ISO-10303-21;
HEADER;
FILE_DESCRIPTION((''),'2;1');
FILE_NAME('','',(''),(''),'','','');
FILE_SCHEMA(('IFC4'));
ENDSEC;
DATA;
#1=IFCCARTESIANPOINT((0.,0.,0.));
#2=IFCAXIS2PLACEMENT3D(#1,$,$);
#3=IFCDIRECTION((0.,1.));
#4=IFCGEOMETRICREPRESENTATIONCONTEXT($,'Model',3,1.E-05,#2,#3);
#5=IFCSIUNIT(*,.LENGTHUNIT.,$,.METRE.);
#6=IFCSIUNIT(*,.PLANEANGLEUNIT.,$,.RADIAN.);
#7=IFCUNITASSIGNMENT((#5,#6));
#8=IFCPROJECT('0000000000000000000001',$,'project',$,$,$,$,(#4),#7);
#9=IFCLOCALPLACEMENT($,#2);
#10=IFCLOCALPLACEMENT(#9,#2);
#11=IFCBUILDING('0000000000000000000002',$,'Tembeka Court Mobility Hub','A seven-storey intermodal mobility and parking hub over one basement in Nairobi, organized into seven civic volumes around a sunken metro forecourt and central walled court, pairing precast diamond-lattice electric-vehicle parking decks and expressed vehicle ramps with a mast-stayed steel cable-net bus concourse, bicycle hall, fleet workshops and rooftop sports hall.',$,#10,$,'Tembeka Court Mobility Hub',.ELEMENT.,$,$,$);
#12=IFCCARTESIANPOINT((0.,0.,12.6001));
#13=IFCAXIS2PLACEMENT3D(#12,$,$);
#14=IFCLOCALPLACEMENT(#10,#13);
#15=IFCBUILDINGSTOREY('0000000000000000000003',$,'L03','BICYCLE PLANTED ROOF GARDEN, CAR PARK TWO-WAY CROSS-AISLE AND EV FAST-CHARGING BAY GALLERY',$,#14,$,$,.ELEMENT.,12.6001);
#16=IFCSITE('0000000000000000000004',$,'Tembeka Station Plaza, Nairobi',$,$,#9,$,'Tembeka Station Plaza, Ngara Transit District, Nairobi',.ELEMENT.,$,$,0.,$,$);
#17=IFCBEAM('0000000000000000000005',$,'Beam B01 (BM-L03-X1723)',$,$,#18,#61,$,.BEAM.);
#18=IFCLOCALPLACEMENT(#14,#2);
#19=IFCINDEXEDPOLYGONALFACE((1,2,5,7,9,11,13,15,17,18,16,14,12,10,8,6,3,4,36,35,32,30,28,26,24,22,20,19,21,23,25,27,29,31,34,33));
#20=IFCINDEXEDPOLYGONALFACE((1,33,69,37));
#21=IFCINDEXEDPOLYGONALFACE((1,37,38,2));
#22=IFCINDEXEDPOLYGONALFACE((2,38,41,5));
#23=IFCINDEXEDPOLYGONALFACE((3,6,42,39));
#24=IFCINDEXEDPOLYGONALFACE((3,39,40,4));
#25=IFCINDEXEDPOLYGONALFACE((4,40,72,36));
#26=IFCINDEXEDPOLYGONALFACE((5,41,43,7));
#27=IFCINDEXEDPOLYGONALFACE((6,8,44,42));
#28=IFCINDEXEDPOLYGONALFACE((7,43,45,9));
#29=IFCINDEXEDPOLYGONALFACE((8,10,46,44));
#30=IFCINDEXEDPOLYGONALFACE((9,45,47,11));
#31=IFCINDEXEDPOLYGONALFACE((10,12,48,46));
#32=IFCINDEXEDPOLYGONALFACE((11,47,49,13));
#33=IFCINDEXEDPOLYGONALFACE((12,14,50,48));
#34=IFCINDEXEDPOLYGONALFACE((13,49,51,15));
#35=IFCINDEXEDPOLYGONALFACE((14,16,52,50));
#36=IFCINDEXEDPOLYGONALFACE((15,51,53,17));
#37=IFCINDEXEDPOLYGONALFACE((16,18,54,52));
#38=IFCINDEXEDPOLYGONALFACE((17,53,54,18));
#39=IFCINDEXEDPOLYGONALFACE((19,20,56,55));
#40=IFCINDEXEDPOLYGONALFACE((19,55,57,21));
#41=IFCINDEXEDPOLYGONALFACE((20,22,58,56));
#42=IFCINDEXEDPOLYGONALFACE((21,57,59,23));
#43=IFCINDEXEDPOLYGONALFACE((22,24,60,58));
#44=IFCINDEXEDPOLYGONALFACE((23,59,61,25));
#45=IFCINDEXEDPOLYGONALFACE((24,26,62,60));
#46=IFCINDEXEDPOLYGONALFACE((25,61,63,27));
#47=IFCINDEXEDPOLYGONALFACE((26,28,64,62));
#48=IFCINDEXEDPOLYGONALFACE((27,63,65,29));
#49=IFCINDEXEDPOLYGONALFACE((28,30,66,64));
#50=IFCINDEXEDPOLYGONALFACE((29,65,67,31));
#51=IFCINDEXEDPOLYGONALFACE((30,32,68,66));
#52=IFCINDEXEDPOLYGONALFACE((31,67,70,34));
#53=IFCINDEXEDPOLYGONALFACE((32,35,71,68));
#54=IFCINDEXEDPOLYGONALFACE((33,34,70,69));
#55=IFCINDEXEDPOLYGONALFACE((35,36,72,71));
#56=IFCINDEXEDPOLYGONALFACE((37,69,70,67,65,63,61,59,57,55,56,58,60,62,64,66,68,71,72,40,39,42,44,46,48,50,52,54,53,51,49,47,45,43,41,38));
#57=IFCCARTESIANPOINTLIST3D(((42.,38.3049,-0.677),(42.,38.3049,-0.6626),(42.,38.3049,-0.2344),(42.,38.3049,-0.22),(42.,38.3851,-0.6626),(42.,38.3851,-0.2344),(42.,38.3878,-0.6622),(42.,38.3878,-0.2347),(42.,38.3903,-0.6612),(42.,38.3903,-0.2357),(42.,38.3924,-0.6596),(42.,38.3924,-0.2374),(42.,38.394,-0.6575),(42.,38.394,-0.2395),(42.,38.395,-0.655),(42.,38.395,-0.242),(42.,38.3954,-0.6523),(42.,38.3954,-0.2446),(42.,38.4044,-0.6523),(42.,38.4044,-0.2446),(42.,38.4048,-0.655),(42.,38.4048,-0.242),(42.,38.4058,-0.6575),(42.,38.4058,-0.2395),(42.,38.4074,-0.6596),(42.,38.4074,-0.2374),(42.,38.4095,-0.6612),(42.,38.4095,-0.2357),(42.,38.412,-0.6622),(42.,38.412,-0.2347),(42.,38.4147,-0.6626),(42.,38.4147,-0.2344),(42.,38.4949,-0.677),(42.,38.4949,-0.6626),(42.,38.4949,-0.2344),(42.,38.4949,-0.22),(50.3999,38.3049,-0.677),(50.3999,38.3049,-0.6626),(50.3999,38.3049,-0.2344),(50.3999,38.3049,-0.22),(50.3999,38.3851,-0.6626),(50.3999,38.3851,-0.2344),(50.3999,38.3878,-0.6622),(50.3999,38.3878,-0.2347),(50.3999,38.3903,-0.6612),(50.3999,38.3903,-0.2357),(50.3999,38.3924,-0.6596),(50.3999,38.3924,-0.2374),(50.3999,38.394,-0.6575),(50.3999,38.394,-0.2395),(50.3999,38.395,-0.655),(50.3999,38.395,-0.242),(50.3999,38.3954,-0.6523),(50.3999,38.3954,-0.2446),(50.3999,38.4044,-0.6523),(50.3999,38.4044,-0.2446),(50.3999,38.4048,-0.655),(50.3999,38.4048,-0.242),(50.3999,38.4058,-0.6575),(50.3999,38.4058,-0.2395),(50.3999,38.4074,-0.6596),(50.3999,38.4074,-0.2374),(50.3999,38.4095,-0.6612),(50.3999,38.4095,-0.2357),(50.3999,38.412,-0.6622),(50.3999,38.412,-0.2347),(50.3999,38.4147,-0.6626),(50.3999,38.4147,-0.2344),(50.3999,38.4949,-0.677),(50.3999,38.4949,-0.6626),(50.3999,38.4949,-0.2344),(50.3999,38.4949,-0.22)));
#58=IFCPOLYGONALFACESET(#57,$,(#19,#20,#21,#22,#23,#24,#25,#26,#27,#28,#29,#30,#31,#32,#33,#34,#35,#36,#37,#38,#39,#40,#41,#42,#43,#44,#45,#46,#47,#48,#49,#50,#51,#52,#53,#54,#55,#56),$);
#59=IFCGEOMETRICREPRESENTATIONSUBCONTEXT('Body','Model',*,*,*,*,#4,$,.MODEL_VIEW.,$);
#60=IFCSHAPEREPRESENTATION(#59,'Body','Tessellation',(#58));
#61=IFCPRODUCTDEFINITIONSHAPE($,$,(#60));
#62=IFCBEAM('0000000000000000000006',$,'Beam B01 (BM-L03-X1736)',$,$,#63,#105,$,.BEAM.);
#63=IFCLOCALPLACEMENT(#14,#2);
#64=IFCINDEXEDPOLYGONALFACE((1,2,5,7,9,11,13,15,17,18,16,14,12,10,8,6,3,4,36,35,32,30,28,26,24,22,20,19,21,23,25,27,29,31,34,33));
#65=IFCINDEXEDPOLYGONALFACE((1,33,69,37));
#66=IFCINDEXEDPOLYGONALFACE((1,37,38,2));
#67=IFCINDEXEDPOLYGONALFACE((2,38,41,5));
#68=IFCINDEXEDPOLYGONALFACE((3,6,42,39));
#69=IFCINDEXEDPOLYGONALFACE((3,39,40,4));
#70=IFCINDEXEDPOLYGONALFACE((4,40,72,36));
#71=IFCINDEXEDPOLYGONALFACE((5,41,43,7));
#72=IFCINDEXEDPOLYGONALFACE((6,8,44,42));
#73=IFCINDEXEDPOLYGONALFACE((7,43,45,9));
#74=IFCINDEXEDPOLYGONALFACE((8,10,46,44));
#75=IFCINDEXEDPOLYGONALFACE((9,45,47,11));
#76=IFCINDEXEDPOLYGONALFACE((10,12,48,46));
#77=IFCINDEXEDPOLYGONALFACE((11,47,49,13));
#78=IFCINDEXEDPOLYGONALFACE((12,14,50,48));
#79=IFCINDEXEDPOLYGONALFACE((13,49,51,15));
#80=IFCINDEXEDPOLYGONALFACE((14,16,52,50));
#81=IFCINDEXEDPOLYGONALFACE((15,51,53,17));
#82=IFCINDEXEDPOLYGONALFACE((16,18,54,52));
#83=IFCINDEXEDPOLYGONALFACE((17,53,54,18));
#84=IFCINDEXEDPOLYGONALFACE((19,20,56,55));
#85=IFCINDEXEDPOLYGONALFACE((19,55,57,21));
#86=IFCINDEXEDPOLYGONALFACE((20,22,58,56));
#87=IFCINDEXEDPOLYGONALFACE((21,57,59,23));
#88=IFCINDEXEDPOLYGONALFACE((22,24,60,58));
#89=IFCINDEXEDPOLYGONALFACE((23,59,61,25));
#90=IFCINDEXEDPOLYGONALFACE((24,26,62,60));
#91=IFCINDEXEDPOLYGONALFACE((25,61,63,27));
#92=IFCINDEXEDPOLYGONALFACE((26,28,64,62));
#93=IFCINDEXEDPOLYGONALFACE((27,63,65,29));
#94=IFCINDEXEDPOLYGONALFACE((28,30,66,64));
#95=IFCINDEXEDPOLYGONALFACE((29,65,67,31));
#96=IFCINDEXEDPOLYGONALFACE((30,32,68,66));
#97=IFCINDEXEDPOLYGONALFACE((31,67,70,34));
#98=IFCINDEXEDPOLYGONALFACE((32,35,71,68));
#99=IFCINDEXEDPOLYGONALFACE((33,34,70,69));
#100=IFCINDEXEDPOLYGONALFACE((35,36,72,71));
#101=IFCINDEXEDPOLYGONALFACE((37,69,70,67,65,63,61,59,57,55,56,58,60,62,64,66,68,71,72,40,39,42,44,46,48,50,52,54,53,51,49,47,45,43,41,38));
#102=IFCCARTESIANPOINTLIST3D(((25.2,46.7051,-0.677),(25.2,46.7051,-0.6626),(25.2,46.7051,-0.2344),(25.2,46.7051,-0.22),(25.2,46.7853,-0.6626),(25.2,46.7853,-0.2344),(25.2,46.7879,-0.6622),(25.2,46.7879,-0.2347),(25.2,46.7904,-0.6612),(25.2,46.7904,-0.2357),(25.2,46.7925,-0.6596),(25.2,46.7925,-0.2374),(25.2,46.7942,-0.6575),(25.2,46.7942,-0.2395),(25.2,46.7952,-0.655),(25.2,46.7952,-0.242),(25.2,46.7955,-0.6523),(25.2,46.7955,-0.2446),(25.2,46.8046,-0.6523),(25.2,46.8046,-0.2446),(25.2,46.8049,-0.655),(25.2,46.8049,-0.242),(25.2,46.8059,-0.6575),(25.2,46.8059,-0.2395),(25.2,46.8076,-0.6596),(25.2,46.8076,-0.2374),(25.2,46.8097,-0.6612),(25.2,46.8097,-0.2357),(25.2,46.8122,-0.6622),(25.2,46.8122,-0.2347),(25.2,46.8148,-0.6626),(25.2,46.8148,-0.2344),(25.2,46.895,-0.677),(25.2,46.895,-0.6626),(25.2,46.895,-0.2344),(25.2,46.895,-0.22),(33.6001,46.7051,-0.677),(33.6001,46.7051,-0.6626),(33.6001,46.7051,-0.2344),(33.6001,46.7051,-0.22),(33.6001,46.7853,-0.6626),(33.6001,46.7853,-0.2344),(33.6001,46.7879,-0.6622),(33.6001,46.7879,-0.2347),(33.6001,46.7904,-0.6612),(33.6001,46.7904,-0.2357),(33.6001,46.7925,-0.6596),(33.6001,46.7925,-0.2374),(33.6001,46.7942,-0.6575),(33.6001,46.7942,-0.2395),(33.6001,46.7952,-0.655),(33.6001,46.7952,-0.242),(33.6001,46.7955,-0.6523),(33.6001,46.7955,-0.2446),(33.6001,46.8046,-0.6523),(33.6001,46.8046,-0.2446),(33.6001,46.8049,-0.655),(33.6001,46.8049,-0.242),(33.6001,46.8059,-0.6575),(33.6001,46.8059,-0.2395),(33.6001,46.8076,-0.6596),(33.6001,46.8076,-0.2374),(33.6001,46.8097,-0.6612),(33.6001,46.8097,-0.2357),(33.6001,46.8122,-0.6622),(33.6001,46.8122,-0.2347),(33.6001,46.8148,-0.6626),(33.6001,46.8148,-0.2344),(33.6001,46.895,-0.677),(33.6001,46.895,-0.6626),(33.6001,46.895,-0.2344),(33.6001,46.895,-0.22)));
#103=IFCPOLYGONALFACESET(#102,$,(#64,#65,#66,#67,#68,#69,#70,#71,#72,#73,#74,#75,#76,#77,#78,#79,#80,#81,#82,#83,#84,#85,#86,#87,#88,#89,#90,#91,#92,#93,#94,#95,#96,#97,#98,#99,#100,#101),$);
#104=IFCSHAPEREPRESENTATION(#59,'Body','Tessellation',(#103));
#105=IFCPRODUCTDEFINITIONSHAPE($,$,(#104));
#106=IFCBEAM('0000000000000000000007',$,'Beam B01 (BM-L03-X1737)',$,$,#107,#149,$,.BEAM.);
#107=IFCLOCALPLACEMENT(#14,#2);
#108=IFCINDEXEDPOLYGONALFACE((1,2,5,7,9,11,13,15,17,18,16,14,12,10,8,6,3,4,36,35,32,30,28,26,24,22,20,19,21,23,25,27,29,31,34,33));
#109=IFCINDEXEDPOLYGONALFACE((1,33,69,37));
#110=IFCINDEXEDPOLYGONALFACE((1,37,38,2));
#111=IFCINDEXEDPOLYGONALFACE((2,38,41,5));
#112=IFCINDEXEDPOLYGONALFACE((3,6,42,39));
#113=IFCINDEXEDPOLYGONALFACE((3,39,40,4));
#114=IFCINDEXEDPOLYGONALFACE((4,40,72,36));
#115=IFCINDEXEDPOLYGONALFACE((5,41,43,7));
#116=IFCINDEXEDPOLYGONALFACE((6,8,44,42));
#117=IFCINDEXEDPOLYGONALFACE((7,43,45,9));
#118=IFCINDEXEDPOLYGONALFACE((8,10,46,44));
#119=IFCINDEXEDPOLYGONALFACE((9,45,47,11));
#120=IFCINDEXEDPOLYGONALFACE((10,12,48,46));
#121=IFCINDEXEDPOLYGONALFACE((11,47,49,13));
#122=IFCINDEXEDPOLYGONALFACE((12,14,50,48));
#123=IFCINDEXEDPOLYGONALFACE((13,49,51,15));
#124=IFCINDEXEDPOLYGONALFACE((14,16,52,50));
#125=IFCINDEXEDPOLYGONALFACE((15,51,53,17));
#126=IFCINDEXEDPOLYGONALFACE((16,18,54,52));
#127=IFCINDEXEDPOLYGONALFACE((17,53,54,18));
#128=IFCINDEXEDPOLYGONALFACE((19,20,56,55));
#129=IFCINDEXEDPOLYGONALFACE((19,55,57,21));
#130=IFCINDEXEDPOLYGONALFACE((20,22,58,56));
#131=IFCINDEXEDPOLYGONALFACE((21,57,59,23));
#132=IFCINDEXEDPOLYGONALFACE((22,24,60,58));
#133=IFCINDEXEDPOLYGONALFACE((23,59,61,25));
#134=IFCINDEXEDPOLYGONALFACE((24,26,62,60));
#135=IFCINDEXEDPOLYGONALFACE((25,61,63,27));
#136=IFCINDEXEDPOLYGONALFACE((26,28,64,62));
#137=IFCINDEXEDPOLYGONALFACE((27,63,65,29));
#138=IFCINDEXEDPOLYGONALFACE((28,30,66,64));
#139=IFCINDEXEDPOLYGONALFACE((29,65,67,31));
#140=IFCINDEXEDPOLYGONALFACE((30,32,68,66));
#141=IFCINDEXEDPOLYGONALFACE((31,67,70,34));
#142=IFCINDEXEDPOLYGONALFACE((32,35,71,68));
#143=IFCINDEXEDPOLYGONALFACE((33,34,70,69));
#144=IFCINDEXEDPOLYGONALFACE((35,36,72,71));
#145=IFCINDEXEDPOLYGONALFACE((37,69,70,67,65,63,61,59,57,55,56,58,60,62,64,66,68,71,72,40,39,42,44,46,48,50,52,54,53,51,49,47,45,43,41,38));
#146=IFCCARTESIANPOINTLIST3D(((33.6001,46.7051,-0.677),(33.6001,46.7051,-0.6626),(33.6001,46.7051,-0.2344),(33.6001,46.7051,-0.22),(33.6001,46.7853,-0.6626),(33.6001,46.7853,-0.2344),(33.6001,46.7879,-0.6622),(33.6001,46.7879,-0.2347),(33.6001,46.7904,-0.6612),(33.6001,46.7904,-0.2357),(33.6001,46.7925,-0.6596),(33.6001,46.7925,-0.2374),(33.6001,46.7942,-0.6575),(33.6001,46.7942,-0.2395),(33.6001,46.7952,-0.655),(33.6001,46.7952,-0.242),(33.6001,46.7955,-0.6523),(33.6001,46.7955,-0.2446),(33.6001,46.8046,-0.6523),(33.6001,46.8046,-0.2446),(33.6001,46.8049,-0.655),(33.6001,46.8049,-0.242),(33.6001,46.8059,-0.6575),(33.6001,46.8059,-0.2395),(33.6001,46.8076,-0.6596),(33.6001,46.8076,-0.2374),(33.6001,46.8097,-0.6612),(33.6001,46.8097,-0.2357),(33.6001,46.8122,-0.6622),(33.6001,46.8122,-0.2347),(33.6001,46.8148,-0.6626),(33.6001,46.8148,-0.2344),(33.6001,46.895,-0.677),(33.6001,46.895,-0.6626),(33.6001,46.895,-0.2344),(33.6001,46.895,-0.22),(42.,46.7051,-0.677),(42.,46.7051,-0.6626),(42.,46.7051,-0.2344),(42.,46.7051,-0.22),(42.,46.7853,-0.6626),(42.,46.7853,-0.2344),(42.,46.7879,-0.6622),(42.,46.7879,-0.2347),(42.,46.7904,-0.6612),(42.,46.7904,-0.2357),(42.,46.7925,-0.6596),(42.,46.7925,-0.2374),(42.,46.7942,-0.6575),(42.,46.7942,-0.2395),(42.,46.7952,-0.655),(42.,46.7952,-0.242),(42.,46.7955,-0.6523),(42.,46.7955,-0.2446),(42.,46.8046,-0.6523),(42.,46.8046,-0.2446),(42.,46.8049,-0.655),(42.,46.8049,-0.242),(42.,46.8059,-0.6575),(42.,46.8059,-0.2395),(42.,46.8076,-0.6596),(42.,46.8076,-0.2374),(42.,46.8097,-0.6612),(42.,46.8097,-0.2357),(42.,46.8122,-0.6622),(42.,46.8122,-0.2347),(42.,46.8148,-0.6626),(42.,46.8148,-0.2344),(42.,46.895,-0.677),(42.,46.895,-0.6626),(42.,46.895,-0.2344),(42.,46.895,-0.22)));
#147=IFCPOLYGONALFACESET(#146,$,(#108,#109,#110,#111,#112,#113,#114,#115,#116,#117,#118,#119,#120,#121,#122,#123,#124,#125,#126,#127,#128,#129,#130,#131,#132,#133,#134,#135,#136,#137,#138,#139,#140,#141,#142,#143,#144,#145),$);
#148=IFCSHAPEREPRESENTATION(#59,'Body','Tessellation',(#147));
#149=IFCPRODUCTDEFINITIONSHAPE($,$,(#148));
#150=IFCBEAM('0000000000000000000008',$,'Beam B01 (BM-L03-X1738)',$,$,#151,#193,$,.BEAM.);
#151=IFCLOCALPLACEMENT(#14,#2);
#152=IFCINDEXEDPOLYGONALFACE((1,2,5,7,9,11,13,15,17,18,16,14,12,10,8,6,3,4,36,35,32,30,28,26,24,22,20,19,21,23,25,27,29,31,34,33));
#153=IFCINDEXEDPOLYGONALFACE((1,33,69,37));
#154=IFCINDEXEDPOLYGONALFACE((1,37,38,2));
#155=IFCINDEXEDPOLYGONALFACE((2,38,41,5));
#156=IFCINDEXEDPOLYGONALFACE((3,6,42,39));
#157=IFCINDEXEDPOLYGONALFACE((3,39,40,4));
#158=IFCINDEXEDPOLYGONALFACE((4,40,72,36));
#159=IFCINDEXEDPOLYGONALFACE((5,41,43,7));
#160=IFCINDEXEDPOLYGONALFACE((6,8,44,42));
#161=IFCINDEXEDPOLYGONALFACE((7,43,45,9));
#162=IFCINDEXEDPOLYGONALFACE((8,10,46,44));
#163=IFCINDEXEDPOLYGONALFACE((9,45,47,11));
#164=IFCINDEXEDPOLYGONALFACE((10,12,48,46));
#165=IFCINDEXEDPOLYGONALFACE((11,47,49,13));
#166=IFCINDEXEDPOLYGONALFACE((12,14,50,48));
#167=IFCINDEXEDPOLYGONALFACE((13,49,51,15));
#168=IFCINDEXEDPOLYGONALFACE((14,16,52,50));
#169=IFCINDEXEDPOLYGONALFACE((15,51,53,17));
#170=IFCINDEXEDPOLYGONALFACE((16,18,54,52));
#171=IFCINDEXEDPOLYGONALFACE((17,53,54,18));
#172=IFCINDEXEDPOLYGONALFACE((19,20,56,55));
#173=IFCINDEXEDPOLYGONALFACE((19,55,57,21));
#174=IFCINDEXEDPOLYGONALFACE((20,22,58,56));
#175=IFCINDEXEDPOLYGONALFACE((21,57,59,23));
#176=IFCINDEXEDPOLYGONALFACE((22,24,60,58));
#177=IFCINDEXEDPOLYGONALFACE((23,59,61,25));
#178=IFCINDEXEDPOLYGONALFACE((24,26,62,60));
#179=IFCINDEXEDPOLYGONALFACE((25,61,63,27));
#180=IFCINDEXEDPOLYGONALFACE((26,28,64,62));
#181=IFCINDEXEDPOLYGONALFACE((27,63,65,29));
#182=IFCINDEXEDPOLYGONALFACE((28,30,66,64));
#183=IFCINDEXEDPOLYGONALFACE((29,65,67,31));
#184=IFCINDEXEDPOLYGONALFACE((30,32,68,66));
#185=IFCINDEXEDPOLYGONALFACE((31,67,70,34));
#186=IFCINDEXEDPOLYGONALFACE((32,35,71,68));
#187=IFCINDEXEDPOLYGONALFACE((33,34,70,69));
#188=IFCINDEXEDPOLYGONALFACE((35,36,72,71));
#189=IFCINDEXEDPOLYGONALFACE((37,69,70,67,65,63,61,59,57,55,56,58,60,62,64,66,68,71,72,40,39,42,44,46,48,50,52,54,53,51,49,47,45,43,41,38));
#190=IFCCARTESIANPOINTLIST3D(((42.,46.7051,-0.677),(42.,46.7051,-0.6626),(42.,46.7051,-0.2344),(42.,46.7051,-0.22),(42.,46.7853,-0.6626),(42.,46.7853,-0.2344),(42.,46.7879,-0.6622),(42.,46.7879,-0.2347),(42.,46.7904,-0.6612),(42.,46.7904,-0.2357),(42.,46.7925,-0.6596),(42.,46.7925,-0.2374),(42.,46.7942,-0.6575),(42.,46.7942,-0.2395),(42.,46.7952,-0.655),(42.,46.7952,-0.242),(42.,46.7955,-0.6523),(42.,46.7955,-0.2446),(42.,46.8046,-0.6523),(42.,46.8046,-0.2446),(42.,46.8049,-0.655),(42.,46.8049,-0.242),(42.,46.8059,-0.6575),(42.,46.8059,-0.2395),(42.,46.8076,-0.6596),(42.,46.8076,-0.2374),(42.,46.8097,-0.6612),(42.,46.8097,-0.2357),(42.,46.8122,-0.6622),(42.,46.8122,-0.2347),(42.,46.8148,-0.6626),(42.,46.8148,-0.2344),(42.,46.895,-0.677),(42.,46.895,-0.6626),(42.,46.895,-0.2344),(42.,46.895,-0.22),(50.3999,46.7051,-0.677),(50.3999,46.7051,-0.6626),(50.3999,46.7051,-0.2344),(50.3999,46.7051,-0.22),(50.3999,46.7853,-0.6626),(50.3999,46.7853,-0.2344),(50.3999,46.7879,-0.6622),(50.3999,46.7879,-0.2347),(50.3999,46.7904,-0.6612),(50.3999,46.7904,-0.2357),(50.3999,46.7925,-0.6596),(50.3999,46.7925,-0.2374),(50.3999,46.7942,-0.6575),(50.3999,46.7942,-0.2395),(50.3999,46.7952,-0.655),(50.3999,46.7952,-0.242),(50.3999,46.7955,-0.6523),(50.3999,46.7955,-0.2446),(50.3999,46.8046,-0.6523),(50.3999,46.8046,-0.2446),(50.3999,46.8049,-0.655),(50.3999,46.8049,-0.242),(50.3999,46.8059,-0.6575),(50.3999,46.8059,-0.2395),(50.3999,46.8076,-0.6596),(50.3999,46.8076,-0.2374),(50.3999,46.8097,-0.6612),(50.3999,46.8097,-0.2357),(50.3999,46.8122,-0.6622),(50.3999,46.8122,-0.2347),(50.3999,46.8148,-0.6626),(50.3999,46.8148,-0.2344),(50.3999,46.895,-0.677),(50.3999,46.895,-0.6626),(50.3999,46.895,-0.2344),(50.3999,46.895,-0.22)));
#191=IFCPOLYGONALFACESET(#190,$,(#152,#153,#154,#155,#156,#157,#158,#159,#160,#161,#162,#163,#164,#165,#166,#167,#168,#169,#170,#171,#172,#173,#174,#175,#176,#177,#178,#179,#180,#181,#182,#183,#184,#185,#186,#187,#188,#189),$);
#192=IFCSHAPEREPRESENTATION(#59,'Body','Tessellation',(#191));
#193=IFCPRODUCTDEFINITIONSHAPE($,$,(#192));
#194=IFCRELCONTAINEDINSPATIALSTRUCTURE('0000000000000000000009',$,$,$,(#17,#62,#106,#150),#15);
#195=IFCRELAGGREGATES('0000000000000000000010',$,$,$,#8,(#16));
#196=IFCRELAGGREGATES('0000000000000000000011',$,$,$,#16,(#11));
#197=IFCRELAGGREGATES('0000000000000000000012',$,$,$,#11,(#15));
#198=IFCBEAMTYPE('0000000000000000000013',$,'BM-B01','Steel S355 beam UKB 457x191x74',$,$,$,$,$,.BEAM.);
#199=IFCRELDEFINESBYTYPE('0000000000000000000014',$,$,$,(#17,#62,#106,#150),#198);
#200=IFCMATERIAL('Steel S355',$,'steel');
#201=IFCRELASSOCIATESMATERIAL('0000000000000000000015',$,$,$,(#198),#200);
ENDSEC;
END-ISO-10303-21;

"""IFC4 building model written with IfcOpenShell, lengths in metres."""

from ifc_helpers import new_model, si_unit, direction, frame, origin, origin_2d, place, context, subcontext, project, spatial, i_section, extrude, material, material_profile, profile_set, type_object, element, save


model = new_model("IFC4")

# Units and contexts
model_context = context("Model", 3, precision=1e-05, world=origin(), true_north=direction((0.0, 1.0)))
body_context = subcontext(model_context, "Body", "Model", "MODEL_VIEW")
ifc_project = project(units=[si_unit("LENGTHUNIT", "METRE"), si_unit("PLANEANGLEUNIT", "RADIAN")], contexts=[model_context])

# Site, building, storey
site_placement = place(None, origin())
site = spatial("IfcSite", under=ifc_project, at=site_placement, Name="Tembeka Station Plaza, Nairobi", LongName="Tembeka Station Plaza, Ngara Transit District, Nairobi", CompositionType="ELEMENT", RefElevation=0.0)
building_placement = place(site_placement, origin())
building = spatial("IfcBuilding", under=site, at=building_placement, Name="Tembeka Court Mobility Hub", Description="A seven-storey intermodal mobility and parking hub over one basement in Nairobi, organized into seven civic volumes around a sunken metro forecourt and central walled court, pairing precast diamond-lattice electric-vehicle parking decks and expressed vehicle ramps with a mast-stayed steel cable-net bus concourse, bicycle hall, fleet workshops and rooftop sports hall.", LongName="Tembeka Court Mobility Hub", CompositionType="ELEMENT")
storey_placement = place(building_placement, frame((0.0, 0.0, 12.6001)))
storey = spatial("IfcBuildingStorey", under=building, at=storey_placement, Name="L03", Description="BICYCLE PLANTED ROOF GARDEN, CAR PARK TWO-WAY CROSS-AISLE AND EV FAST-CHARGING BAY GALLERY", CompositionType="ELEMENT", Elevation=12.6001)

# Shared definitions
ifc_material_1 = material(Name="Steel S355", Category="steel")

# Beams
ifc_material_profile_1 = material_profile(ifc_material_1, i_section(OverallWidth=0.1899, OverallDepth=0.457, WebThickness=0.009, FlangeThickness=0.0144, FilletRadius=0.0103, at=origin_2d()), Name="UKB 457x191x74")
ifc_profile_set_1 = profile_set([ifc_material_profile_1], Name="Steel S355")
beam_type_1 = type_object("IfcBeamType", Name="BM-B01", Description="Steel S355 beam UKB 457x191x74", PredefinedType="BEAM", material=ifc_profile_set_1)
beam_1_placement = place(storey_placement, frame((42.0, 38.3999, -0.4485), z_axis=(1.0, 0.0, 0.0), x_axis=(0.0, 1.0, 0.0)))
element("IfcBeam", 1, at=beam_1_placement, inside=storey, type_object=beam_type_1, Name="Beam B01 (BM-L03-X1723)", PredefinedType="BEAM", context=body_context, shape_type="SweptSolid", body=[
    extrude(i_section(OverallWidth=0.1899, OverallDepth=0.457, WebThickness=0.009, FlangeThickness=0.0144, FilletRadius=0.0103, at=origin_2d()), origin(), (0.0, 0.0, 1.0), 8.3999),
])
beam_2_placement = place(storey_placement, frame((25.2, 46.8, -0.4485), z_axis=(1.0, 0.0, 0.0), x_axis=(0.0, 1.0, 0.0)))
element("IfcBeam", 2, at=beam_2_placement, inside=storey, type_object=beam_type_1, Name="Beam B01 (BM-L03-X1736)", PredefinedType="BEAM", context=body_context, shape_type="SweptSolid", body=[
    extrude(i_section(OverallWidth=0.1899, OverallDepth=0.457, WebThickness=0.009, FlangeThickness=0.0144, FilletRadius=0.0103, at=origin_2d()), origin(), (0.0, 0.0, 1.0), 8.4001),
])
for number, where, z_axis, x_axis, name in (
    (3, (33.6001, 46.8, -0.4485), (1.0, 0.0, 0.0), (0.0, 1.0, 0.0), "Beam B01 (BM-L03-X1737)"),
    (4, (42.0, 46.8, -0.4485), (1.0, 0.0, 0.0), (0.0, 1.0, 0.0), "Beam B01 (BM-L03-X1738)"),
):
    element("IfcBeam", number, at=place(storey_placement, frame(where, z_axis=z_axis, x_axis=x_axis)), inside=storey, type_object=beam_type_1, Name=name, PredefinedType="BEAM", context=body_context, shape_type="SweptSolid", body=[
        extrude(i_section(OverallWidth=0.1899, OverallDepth=0.457, WebThickness=0.009, FlangeThickness=0.0144, FilletRadius=0.0103, at=origin_2d()), origin(), (0.0, 0.0, 1.0), 8.3999),
    ])

save(model, "model.ifc")
